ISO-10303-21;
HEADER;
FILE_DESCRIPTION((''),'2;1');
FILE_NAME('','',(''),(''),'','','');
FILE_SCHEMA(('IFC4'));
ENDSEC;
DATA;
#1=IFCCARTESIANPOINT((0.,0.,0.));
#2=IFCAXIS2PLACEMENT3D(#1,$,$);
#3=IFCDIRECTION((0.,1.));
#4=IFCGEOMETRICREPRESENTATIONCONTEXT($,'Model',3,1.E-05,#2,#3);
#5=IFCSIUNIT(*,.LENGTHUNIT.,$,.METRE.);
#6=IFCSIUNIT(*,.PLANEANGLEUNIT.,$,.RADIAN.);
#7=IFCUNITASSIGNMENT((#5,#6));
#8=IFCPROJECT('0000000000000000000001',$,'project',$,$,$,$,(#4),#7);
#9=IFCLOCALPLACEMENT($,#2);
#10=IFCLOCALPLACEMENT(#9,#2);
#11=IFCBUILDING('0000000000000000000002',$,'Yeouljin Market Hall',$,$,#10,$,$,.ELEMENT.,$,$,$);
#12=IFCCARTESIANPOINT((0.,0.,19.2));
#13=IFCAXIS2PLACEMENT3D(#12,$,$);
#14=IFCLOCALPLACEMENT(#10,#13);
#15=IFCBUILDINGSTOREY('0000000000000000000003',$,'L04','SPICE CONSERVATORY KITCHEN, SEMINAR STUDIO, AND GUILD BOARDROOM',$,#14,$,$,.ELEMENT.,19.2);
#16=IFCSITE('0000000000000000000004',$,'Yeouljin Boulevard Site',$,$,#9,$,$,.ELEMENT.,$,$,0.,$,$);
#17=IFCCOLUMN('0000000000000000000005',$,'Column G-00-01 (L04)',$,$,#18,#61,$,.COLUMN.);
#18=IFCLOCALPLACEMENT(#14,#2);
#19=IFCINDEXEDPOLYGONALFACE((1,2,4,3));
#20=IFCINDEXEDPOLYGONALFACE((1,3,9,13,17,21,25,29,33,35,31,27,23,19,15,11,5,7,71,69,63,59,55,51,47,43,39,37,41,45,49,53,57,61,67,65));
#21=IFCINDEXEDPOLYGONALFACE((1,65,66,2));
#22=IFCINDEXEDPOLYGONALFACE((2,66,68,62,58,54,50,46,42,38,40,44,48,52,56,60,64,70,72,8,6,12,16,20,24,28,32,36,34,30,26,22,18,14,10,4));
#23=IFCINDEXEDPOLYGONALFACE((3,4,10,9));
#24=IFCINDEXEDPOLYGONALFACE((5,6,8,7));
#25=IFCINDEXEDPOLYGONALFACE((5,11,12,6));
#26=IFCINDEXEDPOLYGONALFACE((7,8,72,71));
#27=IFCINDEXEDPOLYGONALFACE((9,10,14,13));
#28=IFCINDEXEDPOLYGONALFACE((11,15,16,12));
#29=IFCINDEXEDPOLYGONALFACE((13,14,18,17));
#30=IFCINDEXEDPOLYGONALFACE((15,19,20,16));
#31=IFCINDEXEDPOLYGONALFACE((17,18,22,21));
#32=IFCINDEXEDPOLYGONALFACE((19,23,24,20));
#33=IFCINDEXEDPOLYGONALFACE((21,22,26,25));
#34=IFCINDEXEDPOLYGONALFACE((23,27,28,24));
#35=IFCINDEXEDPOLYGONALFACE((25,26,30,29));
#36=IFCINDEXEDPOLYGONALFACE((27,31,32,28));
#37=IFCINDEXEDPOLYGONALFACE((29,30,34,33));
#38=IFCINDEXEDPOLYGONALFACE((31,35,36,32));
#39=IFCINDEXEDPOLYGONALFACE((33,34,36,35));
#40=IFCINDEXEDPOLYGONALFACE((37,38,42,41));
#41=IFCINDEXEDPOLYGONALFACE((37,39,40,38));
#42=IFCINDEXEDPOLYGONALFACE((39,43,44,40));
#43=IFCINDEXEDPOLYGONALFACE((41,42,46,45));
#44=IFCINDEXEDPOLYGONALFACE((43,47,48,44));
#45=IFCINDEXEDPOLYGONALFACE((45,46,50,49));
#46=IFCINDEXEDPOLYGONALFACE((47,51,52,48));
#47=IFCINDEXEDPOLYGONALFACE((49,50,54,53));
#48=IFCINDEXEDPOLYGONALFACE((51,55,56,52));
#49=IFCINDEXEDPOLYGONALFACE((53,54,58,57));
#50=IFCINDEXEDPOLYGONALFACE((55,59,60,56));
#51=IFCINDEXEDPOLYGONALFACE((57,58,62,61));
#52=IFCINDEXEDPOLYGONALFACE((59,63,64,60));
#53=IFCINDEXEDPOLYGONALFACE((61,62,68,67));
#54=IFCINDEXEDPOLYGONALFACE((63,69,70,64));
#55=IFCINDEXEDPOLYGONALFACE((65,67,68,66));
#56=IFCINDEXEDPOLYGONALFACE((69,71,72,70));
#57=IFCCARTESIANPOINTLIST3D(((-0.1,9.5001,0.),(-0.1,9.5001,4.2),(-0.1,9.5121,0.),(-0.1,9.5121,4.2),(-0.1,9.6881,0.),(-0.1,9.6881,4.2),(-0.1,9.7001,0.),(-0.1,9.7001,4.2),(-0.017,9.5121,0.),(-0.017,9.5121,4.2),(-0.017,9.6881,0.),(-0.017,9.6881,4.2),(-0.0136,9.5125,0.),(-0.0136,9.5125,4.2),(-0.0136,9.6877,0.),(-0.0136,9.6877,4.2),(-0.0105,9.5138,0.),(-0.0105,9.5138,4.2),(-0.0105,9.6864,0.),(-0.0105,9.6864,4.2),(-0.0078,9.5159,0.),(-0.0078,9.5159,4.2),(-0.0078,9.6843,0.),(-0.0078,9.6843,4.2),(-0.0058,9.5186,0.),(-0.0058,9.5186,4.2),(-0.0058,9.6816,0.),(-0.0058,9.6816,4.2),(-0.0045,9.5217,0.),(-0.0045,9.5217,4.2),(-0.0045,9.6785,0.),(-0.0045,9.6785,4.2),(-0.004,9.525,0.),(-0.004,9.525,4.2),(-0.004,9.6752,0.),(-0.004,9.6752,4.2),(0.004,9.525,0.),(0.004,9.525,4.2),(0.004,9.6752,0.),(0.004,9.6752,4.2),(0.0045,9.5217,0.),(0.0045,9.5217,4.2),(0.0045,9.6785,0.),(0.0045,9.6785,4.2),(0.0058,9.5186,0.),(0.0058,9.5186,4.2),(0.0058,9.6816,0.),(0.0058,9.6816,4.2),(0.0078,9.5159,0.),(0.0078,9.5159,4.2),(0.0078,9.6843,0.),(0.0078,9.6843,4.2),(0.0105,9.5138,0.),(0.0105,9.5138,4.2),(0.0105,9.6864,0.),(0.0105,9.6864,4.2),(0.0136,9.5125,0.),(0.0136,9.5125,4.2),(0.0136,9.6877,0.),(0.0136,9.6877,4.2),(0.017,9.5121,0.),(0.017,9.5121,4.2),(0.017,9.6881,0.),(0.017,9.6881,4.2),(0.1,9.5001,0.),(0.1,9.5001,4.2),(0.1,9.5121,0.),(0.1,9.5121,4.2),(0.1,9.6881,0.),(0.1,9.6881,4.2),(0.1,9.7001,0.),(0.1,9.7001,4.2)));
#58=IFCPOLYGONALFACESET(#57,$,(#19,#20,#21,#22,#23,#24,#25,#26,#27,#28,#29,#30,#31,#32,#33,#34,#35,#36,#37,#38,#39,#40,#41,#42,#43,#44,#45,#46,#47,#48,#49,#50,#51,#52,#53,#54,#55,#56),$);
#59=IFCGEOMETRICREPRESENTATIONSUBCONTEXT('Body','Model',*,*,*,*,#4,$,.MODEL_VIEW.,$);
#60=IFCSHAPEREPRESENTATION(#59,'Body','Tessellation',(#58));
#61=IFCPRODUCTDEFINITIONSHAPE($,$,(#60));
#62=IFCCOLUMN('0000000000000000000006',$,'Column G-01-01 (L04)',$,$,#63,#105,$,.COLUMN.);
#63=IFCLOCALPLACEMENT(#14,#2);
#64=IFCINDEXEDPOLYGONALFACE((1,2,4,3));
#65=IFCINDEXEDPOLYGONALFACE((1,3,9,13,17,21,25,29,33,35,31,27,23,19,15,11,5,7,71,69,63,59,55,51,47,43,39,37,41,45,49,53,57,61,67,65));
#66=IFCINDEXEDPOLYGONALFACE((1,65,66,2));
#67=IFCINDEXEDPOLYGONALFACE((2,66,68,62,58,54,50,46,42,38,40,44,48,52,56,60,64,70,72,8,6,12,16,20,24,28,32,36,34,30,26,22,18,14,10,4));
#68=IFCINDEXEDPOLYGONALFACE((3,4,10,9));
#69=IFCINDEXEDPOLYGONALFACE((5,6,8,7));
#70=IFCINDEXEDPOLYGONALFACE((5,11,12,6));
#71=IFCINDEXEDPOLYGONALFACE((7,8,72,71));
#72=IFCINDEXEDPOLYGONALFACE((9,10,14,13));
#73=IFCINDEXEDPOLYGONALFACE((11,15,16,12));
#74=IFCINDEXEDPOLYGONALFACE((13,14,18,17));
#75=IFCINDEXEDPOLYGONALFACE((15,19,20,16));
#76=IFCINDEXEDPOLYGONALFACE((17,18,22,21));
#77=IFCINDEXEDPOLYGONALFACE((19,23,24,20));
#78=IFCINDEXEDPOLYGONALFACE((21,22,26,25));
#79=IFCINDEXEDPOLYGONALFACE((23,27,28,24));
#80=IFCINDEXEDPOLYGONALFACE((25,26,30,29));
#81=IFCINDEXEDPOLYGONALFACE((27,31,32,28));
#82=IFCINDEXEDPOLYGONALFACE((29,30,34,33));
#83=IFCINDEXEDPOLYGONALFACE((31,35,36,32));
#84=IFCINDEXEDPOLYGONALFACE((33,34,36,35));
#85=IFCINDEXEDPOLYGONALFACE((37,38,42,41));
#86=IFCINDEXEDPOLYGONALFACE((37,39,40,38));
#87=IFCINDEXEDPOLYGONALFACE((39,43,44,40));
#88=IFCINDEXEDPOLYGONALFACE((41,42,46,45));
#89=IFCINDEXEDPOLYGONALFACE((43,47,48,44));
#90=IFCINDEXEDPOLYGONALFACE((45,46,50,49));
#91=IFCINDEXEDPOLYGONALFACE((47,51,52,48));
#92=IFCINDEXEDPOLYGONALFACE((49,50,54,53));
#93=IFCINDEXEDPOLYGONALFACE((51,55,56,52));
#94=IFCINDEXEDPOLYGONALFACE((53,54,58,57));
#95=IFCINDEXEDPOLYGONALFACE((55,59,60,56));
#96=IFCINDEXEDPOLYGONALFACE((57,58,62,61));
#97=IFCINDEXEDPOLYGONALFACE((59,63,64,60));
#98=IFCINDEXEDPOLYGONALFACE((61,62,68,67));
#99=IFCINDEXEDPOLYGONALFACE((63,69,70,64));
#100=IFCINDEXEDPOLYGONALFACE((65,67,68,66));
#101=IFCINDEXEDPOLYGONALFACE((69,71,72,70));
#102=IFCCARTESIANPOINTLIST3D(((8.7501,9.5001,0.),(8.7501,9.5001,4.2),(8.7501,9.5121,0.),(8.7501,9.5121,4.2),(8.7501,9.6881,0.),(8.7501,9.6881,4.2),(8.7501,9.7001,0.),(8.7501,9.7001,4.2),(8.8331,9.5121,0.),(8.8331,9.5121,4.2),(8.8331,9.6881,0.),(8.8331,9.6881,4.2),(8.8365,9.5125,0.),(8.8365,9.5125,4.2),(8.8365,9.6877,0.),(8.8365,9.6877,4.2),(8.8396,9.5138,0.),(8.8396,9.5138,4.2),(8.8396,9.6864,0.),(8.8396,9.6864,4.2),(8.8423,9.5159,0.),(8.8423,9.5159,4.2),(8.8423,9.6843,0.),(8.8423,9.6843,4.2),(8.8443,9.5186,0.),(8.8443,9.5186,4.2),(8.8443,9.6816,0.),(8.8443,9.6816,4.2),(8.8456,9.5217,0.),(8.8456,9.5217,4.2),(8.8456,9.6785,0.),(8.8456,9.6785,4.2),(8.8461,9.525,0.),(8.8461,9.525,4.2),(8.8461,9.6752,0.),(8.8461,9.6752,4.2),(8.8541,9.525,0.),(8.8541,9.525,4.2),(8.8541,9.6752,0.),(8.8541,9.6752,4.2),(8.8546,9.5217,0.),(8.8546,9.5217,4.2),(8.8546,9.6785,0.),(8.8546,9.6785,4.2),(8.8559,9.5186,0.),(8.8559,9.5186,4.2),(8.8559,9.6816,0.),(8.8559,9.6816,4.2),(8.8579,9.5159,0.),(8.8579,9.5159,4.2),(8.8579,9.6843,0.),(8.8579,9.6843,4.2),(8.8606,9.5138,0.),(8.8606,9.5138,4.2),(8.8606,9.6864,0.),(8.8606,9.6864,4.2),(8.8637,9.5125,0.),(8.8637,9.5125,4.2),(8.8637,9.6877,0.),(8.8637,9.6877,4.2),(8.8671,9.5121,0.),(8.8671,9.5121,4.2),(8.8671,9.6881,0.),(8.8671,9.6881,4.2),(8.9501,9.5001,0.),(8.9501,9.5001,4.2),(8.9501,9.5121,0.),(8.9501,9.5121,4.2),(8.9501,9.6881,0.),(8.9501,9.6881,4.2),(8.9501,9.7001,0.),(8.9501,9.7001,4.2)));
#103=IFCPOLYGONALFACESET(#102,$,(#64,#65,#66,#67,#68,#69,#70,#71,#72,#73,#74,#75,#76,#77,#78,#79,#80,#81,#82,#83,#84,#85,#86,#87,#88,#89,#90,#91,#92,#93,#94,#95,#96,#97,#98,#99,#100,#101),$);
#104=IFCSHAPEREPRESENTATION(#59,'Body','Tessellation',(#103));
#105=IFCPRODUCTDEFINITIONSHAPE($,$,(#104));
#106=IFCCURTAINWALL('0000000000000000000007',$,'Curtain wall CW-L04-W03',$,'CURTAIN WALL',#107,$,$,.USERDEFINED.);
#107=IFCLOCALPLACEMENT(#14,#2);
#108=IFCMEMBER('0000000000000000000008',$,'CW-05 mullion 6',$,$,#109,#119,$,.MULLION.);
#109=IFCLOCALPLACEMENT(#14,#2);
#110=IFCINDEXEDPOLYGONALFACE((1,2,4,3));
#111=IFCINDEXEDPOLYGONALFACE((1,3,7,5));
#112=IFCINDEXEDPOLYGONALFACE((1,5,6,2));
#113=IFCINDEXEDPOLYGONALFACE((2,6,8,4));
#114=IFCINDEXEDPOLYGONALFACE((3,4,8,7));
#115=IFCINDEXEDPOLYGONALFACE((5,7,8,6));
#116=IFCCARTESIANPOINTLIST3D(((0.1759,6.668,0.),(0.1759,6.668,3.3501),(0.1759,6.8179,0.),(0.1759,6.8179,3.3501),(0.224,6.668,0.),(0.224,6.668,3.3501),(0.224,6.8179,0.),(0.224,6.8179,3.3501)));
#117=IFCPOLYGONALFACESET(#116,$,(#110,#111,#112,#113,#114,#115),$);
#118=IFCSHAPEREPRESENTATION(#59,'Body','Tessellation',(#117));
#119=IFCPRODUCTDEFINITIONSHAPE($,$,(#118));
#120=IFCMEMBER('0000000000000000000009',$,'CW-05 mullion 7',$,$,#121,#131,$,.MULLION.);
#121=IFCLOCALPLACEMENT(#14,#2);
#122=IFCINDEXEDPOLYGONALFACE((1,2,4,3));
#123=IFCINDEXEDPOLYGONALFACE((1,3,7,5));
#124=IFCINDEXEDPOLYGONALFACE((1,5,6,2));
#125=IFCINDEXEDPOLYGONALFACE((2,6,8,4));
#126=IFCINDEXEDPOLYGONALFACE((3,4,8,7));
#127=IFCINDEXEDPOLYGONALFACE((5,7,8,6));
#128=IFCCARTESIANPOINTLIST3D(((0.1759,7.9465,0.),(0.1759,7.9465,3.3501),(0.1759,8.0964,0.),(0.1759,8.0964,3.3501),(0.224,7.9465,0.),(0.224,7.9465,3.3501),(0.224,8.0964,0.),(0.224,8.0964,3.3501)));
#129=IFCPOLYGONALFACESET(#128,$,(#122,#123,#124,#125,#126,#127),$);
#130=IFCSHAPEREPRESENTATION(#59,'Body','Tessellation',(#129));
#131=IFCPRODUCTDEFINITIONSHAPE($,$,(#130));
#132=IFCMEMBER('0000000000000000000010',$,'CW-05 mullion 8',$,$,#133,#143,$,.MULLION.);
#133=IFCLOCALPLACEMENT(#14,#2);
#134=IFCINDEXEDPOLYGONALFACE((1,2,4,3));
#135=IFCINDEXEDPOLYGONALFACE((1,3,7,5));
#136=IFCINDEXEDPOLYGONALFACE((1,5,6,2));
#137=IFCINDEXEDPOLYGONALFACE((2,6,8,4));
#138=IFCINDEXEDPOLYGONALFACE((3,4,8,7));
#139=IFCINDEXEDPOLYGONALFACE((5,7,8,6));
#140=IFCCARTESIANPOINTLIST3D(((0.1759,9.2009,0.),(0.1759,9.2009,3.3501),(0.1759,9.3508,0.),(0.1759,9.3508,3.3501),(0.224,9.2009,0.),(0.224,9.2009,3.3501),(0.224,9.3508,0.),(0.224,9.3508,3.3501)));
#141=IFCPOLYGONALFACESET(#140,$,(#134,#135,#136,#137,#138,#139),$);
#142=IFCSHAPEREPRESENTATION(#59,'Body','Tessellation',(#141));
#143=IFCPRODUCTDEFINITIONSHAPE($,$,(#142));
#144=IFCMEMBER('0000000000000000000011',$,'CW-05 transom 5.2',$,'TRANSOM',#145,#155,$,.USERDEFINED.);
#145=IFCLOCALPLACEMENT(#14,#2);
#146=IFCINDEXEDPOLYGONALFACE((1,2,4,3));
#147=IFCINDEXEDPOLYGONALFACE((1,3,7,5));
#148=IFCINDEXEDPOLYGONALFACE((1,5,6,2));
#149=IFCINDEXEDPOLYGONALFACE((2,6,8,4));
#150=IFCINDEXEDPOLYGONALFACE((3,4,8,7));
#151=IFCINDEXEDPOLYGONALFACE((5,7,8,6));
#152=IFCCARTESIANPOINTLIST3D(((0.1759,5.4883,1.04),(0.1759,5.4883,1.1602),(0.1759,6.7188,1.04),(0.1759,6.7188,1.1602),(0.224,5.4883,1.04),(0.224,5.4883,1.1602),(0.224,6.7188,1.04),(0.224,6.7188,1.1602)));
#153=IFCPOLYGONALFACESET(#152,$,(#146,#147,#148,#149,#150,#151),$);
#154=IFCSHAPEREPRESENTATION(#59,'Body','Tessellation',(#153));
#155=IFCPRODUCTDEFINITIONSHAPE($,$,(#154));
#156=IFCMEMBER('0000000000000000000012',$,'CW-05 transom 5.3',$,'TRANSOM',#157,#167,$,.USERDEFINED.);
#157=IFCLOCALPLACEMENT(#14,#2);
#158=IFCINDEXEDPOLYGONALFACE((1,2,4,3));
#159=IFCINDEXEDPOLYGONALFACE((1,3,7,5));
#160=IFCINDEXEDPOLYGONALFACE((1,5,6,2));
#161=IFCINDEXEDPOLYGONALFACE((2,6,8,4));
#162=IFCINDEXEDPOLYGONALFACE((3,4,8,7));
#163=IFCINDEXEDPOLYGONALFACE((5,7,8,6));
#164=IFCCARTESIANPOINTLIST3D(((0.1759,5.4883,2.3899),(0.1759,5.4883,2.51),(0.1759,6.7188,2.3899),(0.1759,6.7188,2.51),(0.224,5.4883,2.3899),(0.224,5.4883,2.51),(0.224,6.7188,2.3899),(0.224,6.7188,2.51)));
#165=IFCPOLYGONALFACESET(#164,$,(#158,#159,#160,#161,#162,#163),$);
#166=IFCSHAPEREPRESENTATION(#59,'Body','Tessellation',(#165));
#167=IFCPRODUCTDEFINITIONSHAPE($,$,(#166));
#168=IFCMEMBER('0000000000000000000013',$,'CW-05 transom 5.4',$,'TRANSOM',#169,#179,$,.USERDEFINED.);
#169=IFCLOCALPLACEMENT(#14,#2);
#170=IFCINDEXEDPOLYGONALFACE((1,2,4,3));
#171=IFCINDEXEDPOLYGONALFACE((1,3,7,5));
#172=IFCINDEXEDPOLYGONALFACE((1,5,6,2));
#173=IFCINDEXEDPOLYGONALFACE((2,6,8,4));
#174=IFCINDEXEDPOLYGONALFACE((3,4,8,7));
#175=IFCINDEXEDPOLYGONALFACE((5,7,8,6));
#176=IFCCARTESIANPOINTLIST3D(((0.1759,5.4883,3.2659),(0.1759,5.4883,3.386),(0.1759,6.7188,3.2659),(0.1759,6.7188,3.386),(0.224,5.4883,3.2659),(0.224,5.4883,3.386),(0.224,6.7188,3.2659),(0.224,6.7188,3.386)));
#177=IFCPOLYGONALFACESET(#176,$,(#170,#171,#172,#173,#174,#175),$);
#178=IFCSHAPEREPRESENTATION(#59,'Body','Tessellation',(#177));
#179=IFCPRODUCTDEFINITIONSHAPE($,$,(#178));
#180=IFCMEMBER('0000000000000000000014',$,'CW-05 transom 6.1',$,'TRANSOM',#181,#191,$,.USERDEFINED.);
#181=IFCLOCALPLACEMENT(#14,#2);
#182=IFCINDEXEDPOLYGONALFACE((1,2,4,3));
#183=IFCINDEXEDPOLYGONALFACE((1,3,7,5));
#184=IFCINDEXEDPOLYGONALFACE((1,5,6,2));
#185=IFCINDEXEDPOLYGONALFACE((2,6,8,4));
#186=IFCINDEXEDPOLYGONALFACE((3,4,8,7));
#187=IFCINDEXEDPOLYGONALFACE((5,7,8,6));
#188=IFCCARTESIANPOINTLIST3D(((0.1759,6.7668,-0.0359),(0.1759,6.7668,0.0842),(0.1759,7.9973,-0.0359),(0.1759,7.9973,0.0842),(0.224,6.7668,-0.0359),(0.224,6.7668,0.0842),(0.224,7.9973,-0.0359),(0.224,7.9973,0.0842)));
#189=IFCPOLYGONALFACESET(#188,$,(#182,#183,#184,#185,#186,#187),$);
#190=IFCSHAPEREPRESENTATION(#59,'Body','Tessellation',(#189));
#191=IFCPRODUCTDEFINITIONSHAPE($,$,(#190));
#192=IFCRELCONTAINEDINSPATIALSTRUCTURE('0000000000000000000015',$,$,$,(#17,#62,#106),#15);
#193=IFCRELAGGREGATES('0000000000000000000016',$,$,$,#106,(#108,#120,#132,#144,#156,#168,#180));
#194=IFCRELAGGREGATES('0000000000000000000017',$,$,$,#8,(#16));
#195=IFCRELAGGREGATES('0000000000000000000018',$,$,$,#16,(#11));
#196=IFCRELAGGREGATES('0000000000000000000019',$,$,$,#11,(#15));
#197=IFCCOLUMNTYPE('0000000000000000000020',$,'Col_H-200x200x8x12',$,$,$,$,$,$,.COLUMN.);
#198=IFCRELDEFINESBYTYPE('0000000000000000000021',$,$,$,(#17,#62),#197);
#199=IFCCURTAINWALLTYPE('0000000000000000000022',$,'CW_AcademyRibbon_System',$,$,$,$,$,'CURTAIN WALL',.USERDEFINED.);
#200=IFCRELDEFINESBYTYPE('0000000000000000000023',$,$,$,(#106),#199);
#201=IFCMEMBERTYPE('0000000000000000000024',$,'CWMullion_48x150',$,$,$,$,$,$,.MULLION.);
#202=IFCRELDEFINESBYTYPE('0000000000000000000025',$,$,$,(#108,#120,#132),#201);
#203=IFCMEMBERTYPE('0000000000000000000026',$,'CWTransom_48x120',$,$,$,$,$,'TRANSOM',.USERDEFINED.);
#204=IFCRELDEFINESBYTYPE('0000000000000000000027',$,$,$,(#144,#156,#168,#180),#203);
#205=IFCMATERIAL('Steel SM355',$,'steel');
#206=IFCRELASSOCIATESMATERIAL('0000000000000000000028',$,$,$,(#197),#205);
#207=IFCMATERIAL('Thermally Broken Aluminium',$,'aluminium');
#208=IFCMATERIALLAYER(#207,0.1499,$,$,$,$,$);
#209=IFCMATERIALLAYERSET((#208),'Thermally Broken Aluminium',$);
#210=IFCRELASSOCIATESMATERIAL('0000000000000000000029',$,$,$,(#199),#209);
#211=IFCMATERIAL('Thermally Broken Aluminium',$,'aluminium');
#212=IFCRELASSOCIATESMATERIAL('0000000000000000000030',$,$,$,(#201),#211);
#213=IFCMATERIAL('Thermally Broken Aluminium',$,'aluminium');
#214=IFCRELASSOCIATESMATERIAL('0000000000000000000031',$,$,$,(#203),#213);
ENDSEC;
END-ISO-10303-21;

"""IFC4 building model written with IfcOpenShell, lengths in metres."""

from ifc_helpers import new_model, si_unit, direction, frame, origin, origin_2d, place, context, subcontext, project, spatial, rectangle, i_section, extrude, material, layer, layer_set, material_profile, profile_set, type_object, element, aggregate, save


model = new_model("IFC4")

# Units and contexts
model_context = context("Model", 3, precision=1e-05, world=origin(), true_north=direction((0.0, 1.0)))
body_context = subcontext(model_context, "Body", "Model", "MODEL_VIEW")
ifc_project = project(units=[si_unit("LENGTHUNIT", "METRE"), si_unit("PLANEANGLEUNIT", "RADIAN")], contexts=[model_context])

# Site, building, storey
site_placement = place(None, origin())
site = spatial("IfcSite", under=ifc_project, at=site_placement, Name="Yeouljin Boulevard Site", CompositionType="ELEMENT", RefElevation=0.0)
building_placement = place(site_placement, origin())
building = spatial("IfcBuilding", under=site, at=building_placement, Name="Yeouljin Market Hall", CompositionType="ELEMENT")
storey_placement = place(building_placement, frame((0.0, 0.0, 19.2)))
storey = spatial("IfcBuildingStorey", under=building, at=storey_placement, Name="L04", Description="SPICE CONSERVATORY KITCHEN, SEMINAR STUDIO, AND GUILD BOARDROOM", CompositionType="ELEMENT", Elevation=19.2)

# Columns
ifc_material_1 = material(Name="Steel SM355", Category="steel")
ifc_material_profile_1 = material_profile(ifc_material_1, i_section(OverallWidth=0.2, OverallDepth=0.2, WebThickness=0.0081, FlangeThickness=0.012, FilletRadius=0.0129, at=origin_2d()), Name="H-200x200x8x12")
ifc_profile_set_1 = profile_set([ifc_material_profile_1], Name="Steel SM355")
column_type = type_object("IfcColumnType", Name="Col_H-200x200x8x12", PredefinedType="COLUMN", material=ifc_profile_set_1)
for number, where, z_axis, x_axis, name in (
    (1, (0.0, 9.6001, 0.0), (0.0, 0.0, 1.0), (1.0, 0.0, 0.0), "Column G-00-01 (L04)"),
    (2, (8.8501, 9.6001, 0.0), (0.0, 0.0, 1.0), (1.0, 0.0, 0.0), "Column G-01-01 (L04)"),
):
    element("IfcColumn", number, at=place(storey_placement, frame(where, z_axis=z_axis, x_axis=x_axis)), inside=storey, type_object=column_type, Name=name, PredefinedType="COLUMN", context=body_context, shape_type="SweptSolid", body=[
        extrude(i_section(OverallWidth=0.2, OverallDepth=0.2, WebThickness=0.0081, FlangeThickness=0.012, FilletRadius=0.0129, at=origin_2d()), origin(), (0.0, 0.0, 1.0), 4.2),
    ])

# Curtain wall, members
ifc_material_2 = material(Name="Thermally Broken Aluminium", Category="aluminium")
ifc_layer_1 = layer(ifc_material_2, 0.1499)
ifc_layer_set_1 = layer_set([ifc_layer_1], Name="Thermally Broken Aluminium")
curtain_wall_type = type_object("IfcCurtainWallType", Name="CW_AcademyRibbon_System", ElementType="CURTAIN WALL", PredefinedType="USERDEFINED", material=ifc_layer_set_1)
curtain_wall_placement = place(storey_placement, origin())
curtain_wall = element("IfcCurtainWall", 3, at=curtain_wall_placement, inside=storey, type_object=curtain_wall_type, Name="Curtain wall CW-L04-W03", ObjectType="CURTAIN WALL", PredefinedType="USERDEFINED")
ifc_material_3 = material(Name="Thermally Broken Aluminium", Category="aluminium")
ifc_material_profile_2 = material_profile(ifc_material_3, rectangle(XDim=0.0481, YDim=0.1499, at=origin_2d()), Name="CW-MULL-48x150")
ifc_profile_set_2 = profile_set([ifc_material_profile_2], Name="Thermally Broken Aluminium")
member_type_1 = type_object("IfcMemberType", Name="CWMullion_48x150", PredefinedType="MULLION", material=ifc_profile_set_2)
member_1_placement = place(storey_placement, frame((0.2, 6.7429, 0.0), z_axis=(0.0, 0.0, 1.0), x_axis=(-1.0, 0.0, 0.0)))
member_1 = element("IfcMember", 4, at=member_1_placement, type_object=member_type_1, Name="CW-05 mullion 6", PredefinedType="MULLION", context=body_context, shape_type="SweptSolid", body=[
    extrude(rectangle(XDim=0.0481, YDim=0.1499, at=origin_2d()), origin(), (0.0, 0.0, 1.0), 3.3501),
])
member_2_placement = place(storey_placement, frame((0.2, 8.0215, 0.0), z_axis=(0.0, 0.0, 1.0), x_axis=(-1.0, 0.0, 0.0)))
member_2 = element("IfcMember", 5, at=member_2_placement, type_object=member_type_1, Name="CW-05 mullion 7", PredefinedType="MULLION", context=body_context, shape_type="SweptSolid", body=[
    extrude(rectangle(XDim=0.0481, YDim=0.1499, at=origin_2d()), origin(), (0.0, 0.0, 1.0), 3.3501),
])
member_3_placement = place(storey_placement, frame((0.2, 9.2759, 0.0), z_axis=(0.0, 0.0, 1.0), x_axis=(-1.0, 0.0, 0.0)))
member_3 = element("IfcMember", 6, at=member_3_placement, type_object=member_type_1, Name="CW-05 mullion 8", PredefinedType="MULLION", context=body_context, shape_type="SweptSolid", body=[
    extrude(rectangle(XDim=0.0481, YDim=0.1499, at=origin_2d()), origin(), (0.0, 0.0, 1.0), 3.3501),
])
ifc_material_4 = material(Name="Thermally Broken Aluminium", Category="aluminium")
ifc_material_profile_3 = material_profile(ifc_material_4, rectangle(XDim=0.0481, YDim=0.1201, at=origin_2d()), Name="CW-TRAN-48x120")
ifc_profile_set_3 = profile_set([ifc_material_profile_3], Name="Thermally Broken Aluminium")
member_type_2 = type_object("IfcMemberType", Name="CWTransom_48x120", ElementType="TRANSOM", PredefinedType="USERDEFINED", material=ifc_profile_set_3)
member_4_placement = place(storey_placement, frame((0.2, 5.4883, 1.1001), z_axis=(0.0, 1.0, 0.0), x_axis=(-1.0, 0.0, 0.0)))
member_4 = element("IfcMember", 7, at=member_4_placement, type_object=member_type_2, Name="CW-05 transom 5.2", ObjectType="TRANSOM", PredefinedType="USERDEFINED", context=body_context, shape_type="SweptSolid", body=[
    extrude(rectangle(XDim=0.0481, YDim=0.1201, at=origin_2d()), origin(), (0.0, 0.0, 1.0), 1.2305),
])
member_5_placement = place(storey_placement, frame((0.2, 5.4883, 2.45), z_axis=(0.0, 1.0, 0.0), x_axis=(-1.0, 0.0, 0.0)))
member_5 = element("IfcMember", 8, at=member_5_placement, type_object=member_type_2, Name="CW-05 transom 5.3", ObjectType="TRANSOM", PredefinedType="USERDEFINED", context=body_context, shape_type="SweptSolid", body=[
    extrude(rectangle(XDim=0.0481, YDim=0.1201, at=origin_2d()), origin(), (0.0, 0.0, 1.0), 1.2305),
])
member_6_placement = place(storey_placement, frame((0.2, 5.4883, 3.3259), z_axis=(0.0, 1.0, 0.0), x_axis=(-1.0, 0.0, 0.0)))
member_6 = element("IfcMember", 9, at=member_6_placement, type_object=member_type_2, Name="CW-05 transom 5.4", ObjectType="TRANSOM", PredefinedType="USERDEFINED", context=body_context, shape_type="SweptSolid", body=[
    extrude(rectangle(XDim=0.0481, YDim=0.1201, at=origin_2d()), origin(), (0.0, 0.0, 1.0), 1.2305),
])
member_7_placement = place(storey_placement, frame((0.2, 6.7668, 0.0242), z_axis=(0.0, 1.0, 0.0), x_axis=(-1.0, 0.0, 0.0)))
member_7 = element("IfcMember", 10, at=member_7_placement, type_object=member_type_2, Name="CW-05 transom 6.1", ObjectType="TRANSOM", PredefinedType="USERDEFINED", context=body_context, shape_type="SweptSolid", body=[
    extrude(rectangle(XDim=0.0481, YDim=0.1201, at=origin_2d()), origin(), (0.0, 0.0, 1.0), 1.2305),
])

aggregate(curtain_wall, [member_1, member_2, member_3, member_4, member_5, member_6, member_7])

save(model, "model.ifc")
